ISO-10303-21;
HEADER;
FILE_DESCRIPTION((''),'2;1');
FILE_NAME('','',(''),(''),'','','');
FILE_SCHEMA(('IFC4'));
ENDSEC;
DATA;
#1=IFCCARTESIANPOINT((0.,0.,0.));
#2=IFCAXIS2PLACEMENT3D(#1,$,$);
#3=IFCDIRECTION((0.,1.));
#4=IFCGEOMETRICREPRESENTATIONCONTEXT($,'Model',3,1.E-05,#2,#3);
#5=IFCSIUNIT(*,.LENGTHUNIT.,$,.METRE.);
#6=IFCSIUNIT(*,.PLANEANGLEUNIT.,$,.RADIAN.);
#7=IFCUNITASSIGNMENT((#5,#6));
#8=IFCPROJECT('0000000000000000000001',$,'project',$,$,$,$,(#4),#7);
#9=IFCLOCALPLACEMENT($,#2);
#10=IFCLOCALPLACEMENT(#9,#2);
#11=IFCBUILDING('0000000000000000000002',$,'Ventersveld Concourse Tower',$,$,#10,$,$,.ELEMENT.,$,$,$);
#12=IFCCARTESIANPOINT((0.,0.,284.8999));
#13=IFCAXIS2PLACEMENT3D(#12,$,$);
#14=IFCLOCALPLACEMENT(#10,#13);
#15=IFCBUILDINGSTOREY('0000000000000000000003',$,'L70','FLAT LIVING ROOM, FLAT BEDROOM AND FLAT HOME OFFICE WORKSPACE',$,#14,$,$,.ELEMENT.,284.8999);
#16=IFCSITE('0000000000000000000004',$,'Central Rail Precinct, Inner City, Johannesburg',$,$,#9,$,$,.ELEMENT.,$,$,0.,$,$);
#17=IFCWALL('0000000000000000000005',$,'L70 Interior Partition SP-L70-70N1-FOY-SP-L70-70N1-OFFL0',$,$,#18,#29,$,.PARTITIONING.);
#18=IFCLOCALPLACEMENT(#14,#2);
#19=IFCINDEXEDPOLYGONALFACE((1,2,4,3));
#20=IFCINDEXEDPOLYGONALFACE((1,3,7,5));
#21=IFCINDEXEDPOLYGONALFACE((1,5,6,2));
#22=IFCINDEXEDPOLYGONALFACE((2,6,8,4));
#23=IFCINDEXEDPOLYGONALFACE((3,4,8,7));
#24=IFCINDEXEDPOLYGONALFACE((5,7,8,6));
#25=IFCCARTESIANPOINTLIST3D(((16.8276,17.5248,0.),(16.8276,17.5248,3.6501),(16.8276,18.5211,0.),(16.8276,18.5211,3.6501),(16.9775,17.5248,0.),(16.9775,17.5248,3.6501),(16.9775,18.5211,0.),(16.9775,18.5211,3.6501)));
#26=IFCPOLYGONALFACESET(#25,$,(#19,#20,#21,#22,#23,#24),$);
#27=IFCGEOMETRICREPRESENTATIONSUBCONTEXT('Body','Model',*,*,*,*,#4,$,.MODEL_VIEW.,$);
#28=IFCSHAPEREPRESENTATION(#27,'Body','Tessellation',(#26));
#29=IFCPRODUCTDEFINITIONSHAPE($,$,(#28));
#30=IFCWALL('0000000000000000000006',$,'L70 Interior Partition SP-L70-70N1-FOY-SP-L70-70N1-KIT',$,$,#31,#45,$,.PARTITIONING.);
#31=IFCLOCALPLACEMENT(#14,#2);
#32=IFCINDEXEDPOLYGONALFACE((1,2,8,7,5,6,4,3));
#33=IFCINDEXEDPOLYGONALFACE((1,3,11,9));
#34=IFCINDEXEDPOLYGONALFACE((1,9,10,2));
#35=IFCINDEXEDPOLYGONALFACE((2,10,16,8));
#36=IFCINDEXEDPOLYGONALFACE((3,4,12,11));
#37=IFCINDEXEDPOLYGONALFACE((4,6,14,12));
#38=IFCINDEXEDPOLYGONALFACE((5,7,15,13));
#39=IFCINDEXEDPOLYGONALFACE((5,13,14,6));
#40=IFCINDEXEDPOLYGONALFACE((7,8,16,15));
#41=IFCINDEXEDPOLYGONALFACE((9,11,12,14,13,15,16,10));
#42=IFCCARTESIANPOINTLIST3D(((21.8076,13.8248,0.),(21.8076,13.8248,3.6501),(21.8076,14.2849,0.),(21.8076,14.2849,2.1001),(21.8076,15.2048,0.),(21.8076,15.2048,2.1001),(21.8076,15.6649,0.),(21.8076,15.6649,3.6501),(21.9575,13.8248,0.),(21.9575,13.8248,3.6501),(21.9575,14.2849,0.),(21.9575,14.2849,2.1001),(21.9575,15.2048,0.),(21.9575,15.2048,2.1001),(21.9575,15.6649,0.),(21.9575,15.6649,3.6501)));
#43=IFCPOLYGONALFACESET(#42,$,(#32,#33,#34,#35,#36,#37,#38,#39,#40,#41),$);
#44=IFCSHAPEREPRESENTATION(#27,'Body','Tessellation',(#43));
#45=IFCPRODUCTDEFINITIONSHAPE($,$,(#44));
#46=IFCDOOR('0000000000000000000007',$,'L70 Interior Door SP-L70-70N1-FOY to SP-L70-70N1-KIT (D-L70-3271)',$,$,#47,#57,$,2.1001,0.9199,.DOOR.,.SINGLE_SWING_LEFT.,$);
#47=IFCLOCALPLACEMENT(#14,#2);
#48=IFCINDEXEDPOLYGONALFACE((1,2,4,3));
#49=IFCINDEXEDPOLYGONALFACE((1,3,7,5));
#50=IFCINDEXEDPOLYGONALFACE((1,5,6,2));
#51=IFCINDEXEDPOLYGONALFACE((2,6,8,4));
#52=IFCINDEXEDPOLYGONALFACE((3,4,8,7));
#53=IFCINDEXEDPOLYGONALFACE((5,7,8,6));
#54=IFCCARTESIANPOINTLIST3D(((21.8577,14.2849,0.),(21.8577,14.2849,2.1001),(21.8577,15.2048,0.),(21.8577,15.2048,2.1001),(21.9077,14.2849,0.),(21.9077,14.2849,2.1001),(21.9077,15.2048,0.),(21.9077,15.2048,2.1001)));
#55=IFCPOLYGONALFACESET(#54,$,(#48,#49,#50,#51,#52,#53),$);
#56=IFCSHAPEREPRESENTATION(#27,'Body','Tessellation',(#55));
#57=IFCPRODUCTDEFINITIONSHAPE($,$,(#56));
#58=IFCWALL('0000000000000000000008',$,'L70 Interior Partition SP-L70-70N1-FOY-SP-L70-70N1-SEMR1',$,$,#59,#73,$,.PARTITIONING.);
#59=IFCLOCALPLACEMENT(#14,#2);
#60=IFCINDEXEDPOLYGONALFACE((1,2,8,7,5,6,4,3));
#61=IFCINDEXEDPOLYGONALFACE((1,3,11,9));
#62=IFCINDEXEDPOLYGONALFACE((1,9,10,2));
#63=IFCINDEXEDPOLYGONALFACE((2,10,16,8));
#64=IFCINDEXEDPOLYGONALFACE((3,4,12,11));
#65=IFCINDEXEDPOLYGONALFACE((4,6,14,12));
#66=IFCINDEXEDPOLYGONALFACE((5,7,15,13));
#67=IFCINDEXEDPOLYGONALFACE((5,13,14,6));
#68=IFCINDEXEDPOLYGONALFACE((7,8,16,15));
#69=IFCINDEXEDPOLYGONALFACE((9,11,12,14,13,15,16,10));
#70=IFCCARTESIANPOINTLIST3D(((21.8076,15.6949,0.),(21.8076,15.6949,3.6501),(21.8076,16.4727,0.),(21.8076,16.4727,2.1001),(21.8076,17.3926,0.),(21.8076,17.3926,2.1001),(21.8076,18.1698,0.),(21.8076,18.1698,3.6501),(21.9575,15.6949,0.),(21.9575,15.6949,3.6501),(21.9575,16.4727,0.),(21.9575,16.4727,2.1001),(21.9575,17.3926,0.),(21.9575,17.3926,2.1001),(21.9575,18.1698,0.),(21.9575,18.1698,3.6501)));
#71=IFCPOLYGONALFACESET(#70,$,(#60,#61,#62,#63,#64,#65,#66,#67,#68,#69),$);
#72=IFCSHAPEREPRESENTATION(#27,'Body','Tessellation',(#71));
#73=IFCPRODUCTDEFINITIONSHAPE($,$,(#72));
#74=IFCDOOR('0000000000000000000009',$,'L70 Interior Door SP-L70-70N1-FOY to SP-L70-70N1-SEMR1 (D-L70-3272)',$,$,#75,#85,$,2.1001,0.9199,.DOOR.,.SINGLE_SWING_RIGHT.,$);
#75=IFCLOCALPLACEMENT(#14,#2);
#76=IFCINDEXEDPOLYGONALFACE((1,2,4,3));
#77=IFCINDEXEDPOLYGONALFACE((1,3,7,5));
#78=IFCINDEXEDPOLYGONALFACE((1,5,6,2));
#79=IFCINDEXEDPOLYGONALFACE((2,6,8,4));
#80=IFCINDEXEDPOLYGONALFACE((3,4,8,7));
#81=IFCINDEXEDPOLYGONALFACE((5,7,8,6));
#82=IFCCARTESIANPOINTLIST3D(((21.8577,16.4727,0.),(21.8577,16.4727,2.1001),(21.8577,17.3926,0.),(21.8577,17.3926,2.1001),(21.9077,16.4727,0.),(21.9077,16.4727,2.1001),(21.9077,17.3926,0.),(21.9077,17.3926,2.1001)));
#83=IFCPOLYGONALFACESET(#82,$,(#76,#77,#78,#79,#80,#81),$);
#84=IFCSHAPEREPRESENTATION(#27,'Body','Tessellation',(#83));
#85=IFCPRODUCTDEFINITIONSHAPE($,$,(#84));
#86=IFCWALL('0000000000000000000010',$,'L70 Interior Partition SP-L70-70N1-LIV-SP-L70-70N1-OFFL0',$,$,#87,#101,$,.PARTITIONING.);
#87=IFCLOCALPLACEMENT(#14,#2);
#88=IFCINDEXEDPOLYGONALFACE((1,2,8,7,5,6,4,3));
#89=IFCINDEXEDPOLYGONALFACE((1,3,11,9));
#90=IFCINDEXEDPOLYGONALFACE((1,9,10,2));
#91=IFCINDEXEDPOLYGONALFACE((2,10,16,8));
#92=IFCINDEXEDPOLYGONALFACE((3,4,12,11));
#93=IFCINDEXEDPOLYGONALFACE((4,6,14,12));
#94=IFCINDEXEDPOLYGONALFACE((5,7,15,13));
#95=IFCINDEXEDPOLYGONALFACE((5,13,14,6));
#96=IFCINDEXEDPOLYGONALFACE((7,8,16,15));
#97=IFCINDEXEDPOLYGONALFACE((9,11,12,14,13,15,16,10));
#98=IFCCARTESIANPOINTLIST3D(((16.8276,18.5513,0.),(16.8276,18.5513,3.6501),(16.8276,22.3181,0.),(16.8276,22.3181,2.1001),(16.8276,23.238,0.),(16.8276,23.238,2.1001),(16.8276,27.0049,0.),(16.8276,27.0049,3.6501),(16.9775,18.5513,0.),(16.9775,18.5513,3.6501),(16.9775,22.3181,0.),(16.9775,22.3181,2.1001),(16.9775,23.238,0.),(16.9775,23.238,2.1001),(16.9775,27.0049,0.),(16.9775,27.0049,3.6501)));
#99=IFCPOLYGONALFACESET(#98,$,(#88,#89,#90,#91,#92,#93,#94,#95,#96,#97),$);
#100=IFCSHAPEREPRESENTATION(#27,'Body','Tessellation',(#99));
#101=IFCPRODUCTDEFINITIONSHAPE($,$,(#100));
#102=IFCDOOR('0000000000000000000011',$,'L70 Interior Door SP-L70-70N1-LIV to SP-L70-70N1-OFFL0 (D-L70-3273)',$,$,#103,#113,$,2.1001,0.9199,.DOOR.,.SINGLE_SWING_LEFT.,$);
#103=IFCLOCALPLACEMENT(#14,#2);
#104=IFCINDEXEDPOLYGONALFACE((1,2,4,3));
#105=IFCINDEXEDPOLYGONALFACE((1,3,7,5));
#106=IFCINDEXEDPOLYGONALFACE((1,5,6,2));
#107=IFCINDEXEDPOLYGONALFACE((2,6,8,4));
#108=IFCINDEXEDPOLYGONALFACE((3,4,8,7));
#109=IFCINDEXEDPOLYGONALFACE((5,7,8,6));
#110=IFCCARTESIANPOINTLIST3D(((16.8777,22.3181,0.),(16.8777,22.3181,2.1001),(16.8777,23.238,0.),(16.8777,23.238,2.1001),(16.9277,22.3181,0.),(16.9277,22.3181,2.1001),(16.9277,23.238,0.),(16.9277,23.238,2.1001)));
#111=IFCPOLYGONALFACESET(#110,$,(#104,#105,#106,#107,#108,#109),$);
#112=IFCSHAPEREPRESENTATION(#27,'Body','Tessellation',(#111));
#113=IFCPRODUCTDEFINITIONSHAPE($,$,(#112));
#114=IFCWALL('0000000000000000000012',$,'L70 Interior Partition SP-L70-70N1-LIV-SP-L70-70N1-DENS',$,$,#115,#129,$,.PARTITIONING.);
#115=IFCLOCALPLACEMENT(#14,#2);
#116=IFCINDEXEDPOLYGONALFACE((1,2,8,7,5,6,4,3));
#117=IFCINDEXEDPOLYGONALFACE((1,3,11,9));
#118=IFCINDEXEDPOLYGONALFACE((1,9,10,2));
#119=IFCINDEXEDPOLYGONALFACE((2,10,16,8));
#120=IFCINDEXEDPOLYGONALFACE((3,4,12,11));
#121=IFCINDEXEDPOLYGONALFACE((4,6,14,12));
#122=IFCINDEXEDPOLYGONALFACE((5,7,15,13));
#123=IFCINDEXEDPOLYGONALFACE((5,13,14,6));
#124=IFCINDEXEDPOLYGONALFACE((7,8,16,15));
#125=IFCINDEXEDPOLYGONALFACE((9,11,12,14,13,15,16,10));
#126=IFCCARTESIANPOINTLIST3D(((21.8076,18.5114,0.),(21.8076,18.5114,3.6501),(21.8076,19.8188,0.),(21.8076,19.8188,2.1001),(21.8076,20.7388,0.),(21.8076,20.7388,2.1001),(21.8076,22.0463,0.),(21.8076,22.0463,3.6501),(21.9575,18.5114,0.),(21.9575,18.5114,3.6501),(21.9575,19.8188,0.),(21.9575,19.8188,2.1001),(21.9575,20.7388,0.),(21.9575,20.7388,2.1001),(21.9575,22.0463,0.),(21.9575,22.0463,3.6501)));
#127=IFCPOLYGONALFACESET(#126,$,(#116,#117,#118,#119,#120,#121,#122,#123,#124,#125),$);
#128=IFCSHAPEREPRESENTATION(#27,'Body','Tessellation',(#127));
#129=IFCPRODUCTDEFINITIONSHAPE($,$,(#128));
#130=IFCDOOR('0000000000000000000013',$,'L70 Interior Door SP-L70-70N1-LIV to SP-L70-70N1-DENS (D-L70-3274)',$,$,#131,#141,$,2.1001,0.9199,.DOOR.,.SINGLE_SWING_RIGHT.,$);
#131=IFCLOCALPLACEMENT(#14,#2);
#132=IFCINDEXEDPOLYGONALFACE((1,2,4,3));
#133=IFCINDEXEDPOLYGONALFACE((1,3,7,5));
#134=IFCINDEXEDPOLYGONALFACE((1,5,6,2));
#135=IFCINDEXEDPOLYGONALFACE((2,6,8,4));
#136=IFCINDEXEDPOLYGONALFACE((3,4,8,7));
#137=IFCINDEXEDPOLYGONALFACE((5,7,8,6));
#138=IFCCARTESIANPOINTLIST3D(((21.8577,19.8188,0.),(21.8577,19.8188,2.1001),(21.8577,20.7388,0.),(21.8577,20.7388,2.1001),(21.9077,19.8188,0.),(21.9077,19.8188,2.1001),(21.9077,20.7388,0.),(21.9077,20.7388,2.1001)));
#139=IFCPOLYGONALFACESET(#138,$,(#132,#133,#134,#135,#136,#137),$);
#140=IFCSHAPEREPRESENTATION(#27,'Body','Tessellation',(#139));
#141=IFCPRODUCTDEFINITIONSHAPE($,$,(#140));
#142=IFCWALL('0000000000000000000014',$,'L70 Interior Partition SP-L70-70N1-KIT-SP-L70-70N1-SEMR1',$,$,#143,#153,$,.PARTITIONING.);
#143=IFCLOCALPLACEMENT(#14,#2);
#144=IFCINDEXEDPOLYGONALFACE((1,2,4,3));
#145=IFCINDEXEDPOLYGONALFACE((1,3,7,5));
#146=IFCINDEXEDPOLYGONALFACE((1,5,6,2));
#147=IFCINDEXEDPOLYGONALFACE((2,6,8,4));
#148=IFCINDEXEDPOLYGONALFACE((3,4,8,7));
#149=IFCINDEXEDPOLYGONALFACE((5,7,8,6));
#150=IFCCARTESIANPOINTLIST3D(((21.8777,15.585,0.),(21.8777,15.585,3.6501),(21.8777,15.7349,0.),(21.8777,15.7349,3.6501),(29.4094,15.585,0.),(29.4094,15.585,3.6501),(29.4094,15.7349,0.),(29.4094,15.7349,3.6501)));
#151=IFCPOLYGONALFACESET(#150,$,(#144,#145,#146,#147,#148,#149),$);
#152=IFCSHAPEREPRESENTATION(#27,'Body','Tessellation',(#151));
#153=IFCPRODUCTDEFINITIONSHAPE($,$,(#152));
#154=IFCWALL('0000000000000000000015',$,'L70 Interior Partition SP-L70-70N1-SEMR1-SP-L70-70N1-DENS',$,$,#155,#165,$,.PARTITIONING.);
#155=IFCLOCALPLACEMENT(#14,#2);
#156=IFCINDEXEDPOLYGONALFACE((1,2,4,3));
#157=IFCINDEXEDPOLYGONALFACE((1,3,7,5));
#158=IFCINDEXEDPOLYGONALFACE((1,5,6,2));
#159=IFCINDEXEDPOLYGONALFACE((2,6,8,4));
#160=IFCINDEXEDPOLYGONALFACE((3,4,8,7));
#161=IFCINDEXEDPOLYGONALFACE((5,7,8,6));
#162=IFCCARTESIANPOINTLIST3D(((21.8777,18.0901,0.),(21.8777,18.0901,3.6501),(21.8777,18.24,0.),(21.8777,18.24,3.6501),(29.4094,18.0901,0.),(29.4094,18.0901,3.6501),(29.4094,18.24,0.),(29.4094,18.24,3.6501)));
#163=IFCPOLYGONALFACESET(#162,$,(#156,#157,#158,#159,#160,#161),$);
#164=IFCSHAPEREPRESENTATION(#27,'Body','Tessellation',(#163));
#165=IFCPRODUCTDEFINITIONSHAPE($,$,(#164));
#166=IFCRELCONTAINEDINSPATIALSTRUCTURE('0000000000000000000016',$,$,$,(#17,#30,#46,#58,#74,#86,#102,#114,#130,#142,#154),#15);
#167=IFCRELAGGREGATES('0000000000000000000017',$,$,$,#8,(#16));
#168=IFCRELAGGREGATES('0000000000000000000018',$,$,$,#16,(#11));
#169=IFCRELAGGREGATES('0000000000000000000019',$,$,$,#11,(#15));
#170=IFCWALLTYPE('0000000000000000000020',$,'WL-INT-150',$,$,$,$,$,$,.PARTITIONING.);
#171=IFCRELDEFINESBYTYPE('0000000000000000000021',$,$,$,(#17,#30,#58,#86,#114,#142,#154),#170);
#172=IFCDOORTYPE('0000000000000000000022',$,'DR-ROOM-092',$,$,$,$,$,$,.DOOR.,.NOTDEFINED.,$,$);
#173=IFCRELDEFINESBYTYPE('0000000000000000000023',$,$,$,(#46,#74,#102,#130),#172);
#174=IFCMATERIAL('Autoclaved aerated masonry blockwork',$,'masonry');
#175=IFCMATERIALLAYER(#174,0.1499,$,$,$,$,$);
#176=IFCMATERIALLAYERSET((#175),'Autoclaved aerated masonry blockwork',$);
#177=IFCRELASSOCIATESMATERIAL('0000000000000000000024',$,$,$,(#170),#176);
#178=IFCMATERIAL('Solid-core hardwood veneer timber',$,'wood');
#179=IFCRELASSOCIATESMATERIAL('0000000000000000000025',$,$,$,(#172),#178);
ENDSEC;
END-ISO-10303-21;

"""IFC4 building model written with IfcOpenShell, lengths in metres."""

from ifc_helpers import new_model, si_unit, direction, frame, frame_2d, origin, place, context, subcontext, project, spatial, rectangle, extrude, material, layer, layer_set, type_object, element, fill, save


model = new_model("IFC4")

# Units and contexts
model_context = context("Model", 3, precision=1e-05, world=origin(), true_north=direction((0.0, 1.0)))
body_context = subcontext(model_context, "Body", "Model", "MODEL_VIEW")
ifc_project = project(units=[si_unit("LENGTHUNIT", "METRE"), si_unit("PLANEANGLEUNIT", "RADIAN")], contexts=[model_context])

# Site, building, storey
site_placement = place(None, origin())
site = spatial("IfcSite", under=ifc_project, at=site_placement, Name="Central Rail Precinct, Inner City, Johannesburg", CompositionType="ELEMENT", RefElevation=0.0)
building_placement = place(site_placement, origin())
building = spatial("IfcBuilding", under=site, at=building_placement, Name="Ventersveld Concourse Tower", CompositionType="ELEMENT")
storey_placement = place(building_placement, frame((0.0, 0.0, 284.8999)))
storey = spatial("IfcBuildingStorey", under=building, at=storey_placement, Name="L70", Description="FLAT LIVING ROOM, FLAT BEDROOM AND FLAT HOME OFFICE WORKSPACE", CompositionType="ELEMENT", Elevation=284.8999)

# Shared definitions
ifc_material_1 = material(Name="Solid-core hardwood veneer timber", Category="wood")

# Shared definitions
ifc_material_2 = material(Name="Autoclaved aerated masonry blockwork", Category="masonry")
ifc_layer_1 = layer(ifc_material_2, 0.1499)
ifc_layer_set_1 = layer_set([ifc_layer_1], Name="Autoclaved aerated masonry blockwork")
wall_type_1 = type_object("IfcWallType", Name="WL-INT-150", PredefinedType="PARTITIONING", material=ifc_layer_set_1)
door_type_1 = type_object("IfcDoorType", Name="DR-ROOM-092", OperationType="NOTDEFINED", PredefinedType="DOOR", material=ifc_material_1)

# Wall
wall_1_placement = place(storey_placement, frame((16.9026, 17.5249, 0.0), z_axis=(0.0, 0.0, 1.0), x_axis=(0.0, 1.0, 0.0)))
element("IfcWall", 1, at=wall_1_placement, inside=storey, type_object=wall_type_1, Name="L70 Interior Partition SP-L70-70N1-FOY-SP-L70-70N1-OFFL0", PredefinedType="PARTITIONING", context=body_context, shape_type="SweptSolid", body=[
    extrude(rectangle(XDim=0.9963, YDim=0.1499, at=frame_2d((0.498, 0.0))), origin(), (0.0, 0.0, 1.0), 3.6501),
])

# Walls, openings, doors
wall_2_placement = place(storey_placement, frame((21.8826, 13.825, 0.0), z_axis=(0.0, 0.0, 1.0), x_axis=(0.0, 1.0, 0.0)))
wall_2 = element("IfcWall", 2, at=wall_2_placement, inside=storey, type_object=wall_type_1, Name="L70 Interior Partition SP-L70-70N1-FOY-SP-L70-70N1-KIT", PredefinedType="PARTITIONING", context=body_context, shape_type="SweptSolid", body=[
    extrude(rectangle(XDim=1.8401, YDim=0.1499, at=frame_2d((0.9199, 0.0))), origin(), (0.0, 0.0, 1.0), 3.6501),
])
opening_1_placement = place(wall_2_placement, frame((0.46, 0.0, 0.0)))
opening_1 = element("IfcOpeningElement", 3, at=opening_1_placement, cuts=wall_2, PredefinedType="OPENING", context=body_context, shape_type="SweptSolid", body=[
    extrude(rectangle(XDim=0.9199, YDim=2.1001, at=frame_2d((0.46, 1.05))), frame((0.0, 0.085, 0.0), z_axis=(0.0, -1.0, 0.0), x_axis=(1.0, 0.0, 0.0)), (0.0, 0.0, 1.0), 0.1699),
])
door_1_placement = place(opening_1_placement, origin())
door_1 = element("IfcDoor", 4, at=door_1_placement, inside=storey, type_object=door_type_1, Name="L70 Interior Door SP-L70-70N1-FOY to SP-L70-70N1-KIT (D-L70-3271)", OperationType="SINGLE_SWING_LEFT", OverallHeight=2.1001, OverallWidth=0.9199, PredefinedType="DOOR", context=body_context, shape_type="SweptSolid", body=[
    extrude(rectangle(XDim=0.9199, YDim=2.1001, at=frame_2d((0.46, 1.05))), frame((0.0, 0.0249, 0.0), z_axis=(0.0, -1.0, 0.0), x_axis=(1.0, 0.0, 0.0)), (0.0, 0.0, 1.0), 0.05),
])
fill(opening_1, door_1)
wall_3_placement = place(storey_placement, frame((21.8826, 15.6951, 0.0), z_axis=(0.0, 0.0, 1.0), x_axis=(0.0, 1.0, 0.0)))
wall_3 = element("IfcWall", 5, at=wall_3_placement, inside=storey, type_object=wall_type_1, Name="L70 Interior Partition SP-L70-70N1-FOY-SP-L70-70N1-SEMR1", PredefinedType="PARTITIONING", context=body_context, shape_type="SweptSolid", body=[
    extrude(rectangle(XDim=2.4749, YDim=0.1499, at=frame_2d((1.2373, 0.0))), origin(), (0.0, 0.0, 1.0), 3.6501),
])
opening_2_placement = place(wall_3_placement, frame((0.7776, 0.0, 0.0)))
opening_2 = element("IfcOpeningElement", 6, at=opening_2_placement, cuts=wall_3, PredefinedType="OPENING", context=body_context, shape_type="SweptSolid", body=[
    extrude(rectangle(XDim=0.9199, YDim=2.1001, at=frame_2d((0.46, 1.05))), frame((0.0, 0.085, 0.0), z_axis=(0.0, -1.0, 0.0), x_axis=(1.0, 0.0, 0.0)), (0.0, 0.0, 1.0), 0.1699),
])
door_2_placement = place(opening_2_placement, origin())
door_2 = element("IfcDoor", 7, at=door_2_placement, inside=storey, type_object=door_type_1, Name="L70 Interior Door SP-L70-70N1-FOY to SP-L70-70N1-SEMR1 (D-L70-3272)", OperationType="SINGLE_SWING_RIGHT", OverallHeight=2.1001, OverallWidth=0.9199, PredefinedType="DOOR", context=body_context, shape_type="SweptSolid", body=[
    extrude(rectangle(XDim=0.9199, YDim=2.1001, at=frame_2d((0.46, 1.05))), frame((0.0, 0.0249, 0.0), z_axis=(0.0, -1.0, 0.0), x_axis=(1.0, 0.0, 0.0)), (0.0, 0.0, 1.0), 0.05),
])
fill(opening_2, door_2)
wall_4_placement = place(storey_placement, frame((16.9026, 18.5513, 0.0), z_axis=(0.0, 0.0, 1.0), x_axis=(0.0, 1.0, 0.0)))
wall_4 = element("IfcWall", 8, at=wall_4_placement, inside=storey, type_object=wall_type_1, Name="L70 Interior Partition SP-L70-70N1-LIV-SP-L70-70N1-OFFL0", PredefinedType="PARTITIONING", context=body_context, shape_type="SweptSolid", body=[
    extrude(rectangle(XDim=8.4536, YDim=0.1499, at=frame_2d((4.2268, 0.0))), origin(), (0.0, 0.0, 1.0), 3.6501),
])
opening_3_placement = place(wall_4_placement, frame((3.7668, 0.0, 0.0)))
opening_3 = element("IfcOpeningElement", 9, at=opening_3_placement, cuts=wall_4, PredefinedType="OPENING", context=body_context, shape_type="SweptSolid", body=[
    extrude(rectangle(XDim=0.9199, YDim=2.1001, at=frame_2d((0.46, 1.05))), frame((0.0, 0.085, 0.0), z_axis=(0.0, -1.0, 0.0), x_axis=(1.0, 0.0, 0.0)), (0.0, 0.0, 1.0), 0.1699),
])
door_3_placement = place(opening_3_placement, origin())
door_3 = element("IfcDoor", 10, at=door_3_placement, inside=storey, type_object=door_type_1, Name="L70 Interior Door SP-L70-70N1-LIV to SP-L70-70N1-OFFL0 (D-L70-3273)", OperationType="SINGLE_SWING_LEFT", OverallHeight=2.1001, OverallWidth=0.9199, PredefinedType="DOOR", context=body_context, shape_type="SweptSolid", body=[
    extrude(rectangle(XDim=0.9199, YDim=2.1001, at=frame_2d((0.46, 1.05))), frame((0.0, 0.0249, 0.0), z_axis=(0.0, -1.0, 0.0), x_axis=(1.0, 0.0, 0.0)), (0.0, 0.0, 1.0), 0.05),
])
fill(opening_3, door_3)
wall_5_placement = place(storey_placement, frame((21.8826, 18.5112, 0.0), z_axis=(0.0, 0.0, 1.0), x_axis=(0.0, 1.0, 0.0)))
wall_5 = element("IfcWall", 11, at=wall_5_placement, inside=storey, type_object=wall_type_1, Name="L70 Interior Partition SP-L70-70N1-LIV-SP-L70-70N1-DENS", PredefinedType="PARTITIONING", context=body_context, shape_type="SweptSolid", body=[
    extrude(rectangle(XDim=3.5349, YDim=0.1499, at=frame_2d((1.7676, 0.0))), origin(), (0.0, 0.0, 1.0), 3.6501),
])
opening_4_placement = place(wall_5_placement, frame((1.3076, 0.0, 0.0)))
opening_4 = element("IfcOpeningElement", 12, at=opening_4_placement, cuts=wall_5, PredefinedType="OPENING", context=body_context, shape_type="SweptSolid", body=[
    extrude(rectangle(XDim=0.9199, YDim=2.1001, at=frame_2d((0.46, 1.05))), frame((0.0, 0.085, 0.0), z_axis=(0.0, -1.0, 0.0), x_axis=(1.0, 0.0, 0.0)), (0.0, 0.0, 1.0), 0.1699),
])
door_4_placement = place(opening_4_placement, origin())
door_4 = element("IfcDoor", 13, at=door_4_placement, inside=storey, type_object=door_type_1, Name="L70 Interior Door SP-L70-70N1-LIV to SP-L70-70N1-DENS (D-L70-3274)", OperationType="SINGLE_SWING_RIGHT", OverallHeight=2.1001, OverallWidth=0.9199, PredefinedType="DOOR", context=body_context, shape_type="SweptSolid", body=[
    extrude(rectangle(XDim=0.9199, YDim=2.1001, at=frame_2d((0.46, 1.05))), frame((0.0, 0.0249, 0.0), z_axis=(0.0, -1.0, 0.0), x_axis=(1.0, 0.0, 0.0)), (0.0, 0.0, 1.0), 0.05),
])
fill(opening_4, door_4)

# Walls
for number, where, z_axis, x_axis, name in (
    (14, (21.8777, 15.6599, 0.0), (0.0, 0.0, 1.0), (1.0, 0.0, 0.0), "L70 Interior Partition SP-L70-70N1-KIT-SP-L70-70N1-SEMR1"),
    (15, (21.8777, 18.165, 0.0), (0.0, 0.0, 1.0), (1.0, 0.0, 0.0), "L70 Interior Partition SP-L70-70N1-SEMR1-SP-L70-70N1-DENS"),
):
    element("IfcWall", number, at=place(storey_placement, frame(where, z_axis=z_axis, x_axis=x_axis)), inside=storey, type_object=wall_type_1, Name=name, PredefinedType="PARTITIONING", context=body_context, shape_type="SweptSolid", body=[
        extrude(rectangle(XDim=7.5317, YDim=0.1499, at=frame_2d((3.7659, 0.0))), origin(), (0.0, 0.0, 1.0), 3.6501),
    ])

save(model, "model.ifc")
